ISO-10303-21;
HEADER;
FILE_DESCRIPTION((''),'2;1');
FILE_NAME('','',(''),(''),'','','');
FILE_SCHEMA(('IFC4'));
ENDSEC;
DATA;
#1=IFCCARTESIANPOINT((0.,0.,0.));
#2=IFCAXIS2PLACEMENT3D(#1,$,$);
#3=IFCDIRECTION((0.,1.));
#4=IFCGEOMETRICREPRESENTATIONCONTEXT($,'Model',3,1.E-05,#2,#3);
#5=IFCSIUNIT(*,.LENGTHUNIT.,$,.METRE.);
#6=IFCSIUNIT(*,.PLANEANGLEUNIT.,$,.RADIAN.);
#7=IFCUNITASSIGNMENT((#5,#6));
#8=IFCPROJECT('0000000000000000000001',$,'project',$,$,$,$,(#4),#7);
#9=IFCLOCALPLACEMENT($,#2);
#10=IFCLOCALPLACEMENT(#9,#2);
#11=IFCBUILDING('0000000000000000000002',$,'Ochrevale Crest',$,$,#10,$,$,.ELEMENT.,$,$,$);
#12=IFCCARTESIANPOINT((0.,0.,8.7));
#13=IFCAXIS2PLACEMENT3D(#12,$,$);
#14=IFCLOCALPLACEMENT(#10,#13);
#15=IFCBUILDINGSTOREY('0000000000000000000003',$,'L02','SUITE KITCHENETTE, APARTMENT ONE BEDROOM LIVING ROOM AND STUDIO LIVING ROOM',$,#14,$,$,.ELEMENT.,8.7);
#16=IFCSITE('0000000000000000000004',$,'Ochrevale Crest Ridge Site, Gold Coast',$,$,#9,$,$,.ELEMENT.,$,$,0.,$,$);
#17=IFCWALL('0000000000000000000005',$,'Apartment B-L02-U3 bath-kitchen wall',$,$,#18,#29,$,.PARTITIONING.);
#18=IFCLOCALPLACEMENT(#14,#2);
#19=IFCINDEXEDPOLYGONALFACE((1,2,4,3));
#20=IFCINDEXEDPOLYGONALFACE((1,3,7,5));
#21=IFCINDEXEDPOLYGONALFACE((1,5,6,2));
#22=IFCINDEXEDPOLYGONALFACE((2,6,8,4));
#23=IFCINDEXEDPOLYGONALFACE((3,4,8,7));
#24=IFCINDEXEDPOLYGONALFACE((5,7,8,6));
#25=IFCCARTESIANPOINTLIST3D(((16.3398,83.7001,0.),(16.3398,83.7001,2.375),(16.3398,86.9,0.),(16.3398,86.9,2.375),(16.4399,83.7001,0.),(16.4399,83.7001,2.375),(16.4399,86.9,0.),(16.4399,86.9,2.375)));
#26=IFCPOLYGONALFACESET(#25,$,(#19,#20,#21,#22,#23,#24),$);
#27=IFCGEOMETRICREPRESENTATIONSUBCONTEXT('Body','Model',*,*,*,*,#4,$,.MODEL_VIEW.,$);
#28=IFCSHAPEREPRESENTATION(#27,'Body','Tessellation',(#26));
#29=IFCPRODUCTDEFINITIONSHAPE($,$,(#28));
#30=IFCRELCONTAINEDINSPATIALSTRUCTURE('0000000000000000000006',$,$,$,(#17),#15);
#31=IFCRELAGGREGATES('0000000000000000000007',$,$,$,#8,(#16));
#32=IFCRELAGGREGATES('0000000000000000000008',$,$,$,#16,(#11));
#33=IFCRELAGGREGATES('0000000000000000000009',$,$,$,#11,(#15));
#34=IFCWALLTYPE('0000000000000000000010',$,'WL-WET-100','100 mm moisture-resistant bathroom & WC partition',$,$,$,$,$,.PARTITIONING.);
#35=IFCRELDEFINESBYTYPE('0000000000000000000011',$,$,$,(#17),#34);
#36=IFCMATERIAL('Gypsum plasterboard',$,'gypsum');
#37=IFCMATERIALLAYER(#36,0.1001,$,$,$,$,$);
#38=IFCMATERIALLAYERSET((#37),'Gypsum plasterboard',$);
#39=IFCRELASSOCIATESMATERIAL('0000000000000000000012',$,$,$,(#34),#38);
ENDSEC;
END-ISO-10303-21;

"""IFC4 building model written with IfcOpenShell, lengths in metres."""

from ifc_helpers import new_model, si_unit, direction, frame, frame_2d, origin, place, context, subcontext, project, spatial, rectangle, extrude, material, layer, layer_set, type_object, element, save


model = new_model("IFC4")

# Units and contexts
model_context = context("Model", 3, precision=1e-05, world=origin(), true_north=direction((0.0, 1.0)))
body_context = subcontext(model_context, "Body", "Model", "MODEL_VIEW")
ifc_project = project(units=[si_unit("LENGTHUNIT", "METRE"), si_unit("PLANEANGLEUNIT", "RADIAN")], contexts=[model_context])

# Site, building, storey
site_placement = place(None, origin())
site = spatial("IfcSite", under=ifc_project, at=site_placement, Name="Ochrevale Crest Ridge Site, Gold Coast", CompositionType="ELEMENT", RefElevation=0.0)
building_placement = place(site_placement, origin())
building = spatial("IfcBuilding", under=site, at=building_placement, Name="Ochrevale Crest", CompositionType="ELEMENT")
storey_placement = place(building_placement, frame((0.0, 0.0, 8.7)))
storey = spatial("IfcBuildingStorey", under=building, at=storey_placement, Name="L02", Description="SUITE KITCHENETTE, APARTMENT ONE BEDROOM LIVING ROOM AND STUDIO LIVING ROOM", CompositionType="ELEMENT", Elevation=8.7)

# Shared definitions
ifc_material_1 = material(Name="Gypsum plasterboard", Category="gypsum")

# Wall
ifc_layer_1 = layer(ifc_material_1, 0.1001)
ifc_layer_set_1 = layer_set([ifc_layer_1], Name="Gypsum plasterboard")
wall_type_1 = type_object("IfcWallType", Name="WL-WET-100", Description="100 mm moisture-resistant bathroom & WC partition", PredefinedType="PARTITIONING", material=ifc_layer_set_1)
wall_1_placement = place(storey_placement, frame((16.3899, 83.7, 0.0), z_axis=(0.0, 0.0, 1.0), x_axis=(0.0, 1.0, 0.0)))
element("IfcWall", 1, at=wall_1_placement, inside=storey, type_object=wall_type_1, Name="Apartment B-L02-U3 bath-kitchen wall", PredefinedType="PARTITIONING", context=body_context, shape_type="SweptSolid", body=[
    extrude(rectangle(XDim=3.2, YDim=0.1001, at=frame_2d((1.6001, 0.0))), origin(), (0.0, 0.0, 1.0), 2.375),
])

save(model, "model.ifc")
